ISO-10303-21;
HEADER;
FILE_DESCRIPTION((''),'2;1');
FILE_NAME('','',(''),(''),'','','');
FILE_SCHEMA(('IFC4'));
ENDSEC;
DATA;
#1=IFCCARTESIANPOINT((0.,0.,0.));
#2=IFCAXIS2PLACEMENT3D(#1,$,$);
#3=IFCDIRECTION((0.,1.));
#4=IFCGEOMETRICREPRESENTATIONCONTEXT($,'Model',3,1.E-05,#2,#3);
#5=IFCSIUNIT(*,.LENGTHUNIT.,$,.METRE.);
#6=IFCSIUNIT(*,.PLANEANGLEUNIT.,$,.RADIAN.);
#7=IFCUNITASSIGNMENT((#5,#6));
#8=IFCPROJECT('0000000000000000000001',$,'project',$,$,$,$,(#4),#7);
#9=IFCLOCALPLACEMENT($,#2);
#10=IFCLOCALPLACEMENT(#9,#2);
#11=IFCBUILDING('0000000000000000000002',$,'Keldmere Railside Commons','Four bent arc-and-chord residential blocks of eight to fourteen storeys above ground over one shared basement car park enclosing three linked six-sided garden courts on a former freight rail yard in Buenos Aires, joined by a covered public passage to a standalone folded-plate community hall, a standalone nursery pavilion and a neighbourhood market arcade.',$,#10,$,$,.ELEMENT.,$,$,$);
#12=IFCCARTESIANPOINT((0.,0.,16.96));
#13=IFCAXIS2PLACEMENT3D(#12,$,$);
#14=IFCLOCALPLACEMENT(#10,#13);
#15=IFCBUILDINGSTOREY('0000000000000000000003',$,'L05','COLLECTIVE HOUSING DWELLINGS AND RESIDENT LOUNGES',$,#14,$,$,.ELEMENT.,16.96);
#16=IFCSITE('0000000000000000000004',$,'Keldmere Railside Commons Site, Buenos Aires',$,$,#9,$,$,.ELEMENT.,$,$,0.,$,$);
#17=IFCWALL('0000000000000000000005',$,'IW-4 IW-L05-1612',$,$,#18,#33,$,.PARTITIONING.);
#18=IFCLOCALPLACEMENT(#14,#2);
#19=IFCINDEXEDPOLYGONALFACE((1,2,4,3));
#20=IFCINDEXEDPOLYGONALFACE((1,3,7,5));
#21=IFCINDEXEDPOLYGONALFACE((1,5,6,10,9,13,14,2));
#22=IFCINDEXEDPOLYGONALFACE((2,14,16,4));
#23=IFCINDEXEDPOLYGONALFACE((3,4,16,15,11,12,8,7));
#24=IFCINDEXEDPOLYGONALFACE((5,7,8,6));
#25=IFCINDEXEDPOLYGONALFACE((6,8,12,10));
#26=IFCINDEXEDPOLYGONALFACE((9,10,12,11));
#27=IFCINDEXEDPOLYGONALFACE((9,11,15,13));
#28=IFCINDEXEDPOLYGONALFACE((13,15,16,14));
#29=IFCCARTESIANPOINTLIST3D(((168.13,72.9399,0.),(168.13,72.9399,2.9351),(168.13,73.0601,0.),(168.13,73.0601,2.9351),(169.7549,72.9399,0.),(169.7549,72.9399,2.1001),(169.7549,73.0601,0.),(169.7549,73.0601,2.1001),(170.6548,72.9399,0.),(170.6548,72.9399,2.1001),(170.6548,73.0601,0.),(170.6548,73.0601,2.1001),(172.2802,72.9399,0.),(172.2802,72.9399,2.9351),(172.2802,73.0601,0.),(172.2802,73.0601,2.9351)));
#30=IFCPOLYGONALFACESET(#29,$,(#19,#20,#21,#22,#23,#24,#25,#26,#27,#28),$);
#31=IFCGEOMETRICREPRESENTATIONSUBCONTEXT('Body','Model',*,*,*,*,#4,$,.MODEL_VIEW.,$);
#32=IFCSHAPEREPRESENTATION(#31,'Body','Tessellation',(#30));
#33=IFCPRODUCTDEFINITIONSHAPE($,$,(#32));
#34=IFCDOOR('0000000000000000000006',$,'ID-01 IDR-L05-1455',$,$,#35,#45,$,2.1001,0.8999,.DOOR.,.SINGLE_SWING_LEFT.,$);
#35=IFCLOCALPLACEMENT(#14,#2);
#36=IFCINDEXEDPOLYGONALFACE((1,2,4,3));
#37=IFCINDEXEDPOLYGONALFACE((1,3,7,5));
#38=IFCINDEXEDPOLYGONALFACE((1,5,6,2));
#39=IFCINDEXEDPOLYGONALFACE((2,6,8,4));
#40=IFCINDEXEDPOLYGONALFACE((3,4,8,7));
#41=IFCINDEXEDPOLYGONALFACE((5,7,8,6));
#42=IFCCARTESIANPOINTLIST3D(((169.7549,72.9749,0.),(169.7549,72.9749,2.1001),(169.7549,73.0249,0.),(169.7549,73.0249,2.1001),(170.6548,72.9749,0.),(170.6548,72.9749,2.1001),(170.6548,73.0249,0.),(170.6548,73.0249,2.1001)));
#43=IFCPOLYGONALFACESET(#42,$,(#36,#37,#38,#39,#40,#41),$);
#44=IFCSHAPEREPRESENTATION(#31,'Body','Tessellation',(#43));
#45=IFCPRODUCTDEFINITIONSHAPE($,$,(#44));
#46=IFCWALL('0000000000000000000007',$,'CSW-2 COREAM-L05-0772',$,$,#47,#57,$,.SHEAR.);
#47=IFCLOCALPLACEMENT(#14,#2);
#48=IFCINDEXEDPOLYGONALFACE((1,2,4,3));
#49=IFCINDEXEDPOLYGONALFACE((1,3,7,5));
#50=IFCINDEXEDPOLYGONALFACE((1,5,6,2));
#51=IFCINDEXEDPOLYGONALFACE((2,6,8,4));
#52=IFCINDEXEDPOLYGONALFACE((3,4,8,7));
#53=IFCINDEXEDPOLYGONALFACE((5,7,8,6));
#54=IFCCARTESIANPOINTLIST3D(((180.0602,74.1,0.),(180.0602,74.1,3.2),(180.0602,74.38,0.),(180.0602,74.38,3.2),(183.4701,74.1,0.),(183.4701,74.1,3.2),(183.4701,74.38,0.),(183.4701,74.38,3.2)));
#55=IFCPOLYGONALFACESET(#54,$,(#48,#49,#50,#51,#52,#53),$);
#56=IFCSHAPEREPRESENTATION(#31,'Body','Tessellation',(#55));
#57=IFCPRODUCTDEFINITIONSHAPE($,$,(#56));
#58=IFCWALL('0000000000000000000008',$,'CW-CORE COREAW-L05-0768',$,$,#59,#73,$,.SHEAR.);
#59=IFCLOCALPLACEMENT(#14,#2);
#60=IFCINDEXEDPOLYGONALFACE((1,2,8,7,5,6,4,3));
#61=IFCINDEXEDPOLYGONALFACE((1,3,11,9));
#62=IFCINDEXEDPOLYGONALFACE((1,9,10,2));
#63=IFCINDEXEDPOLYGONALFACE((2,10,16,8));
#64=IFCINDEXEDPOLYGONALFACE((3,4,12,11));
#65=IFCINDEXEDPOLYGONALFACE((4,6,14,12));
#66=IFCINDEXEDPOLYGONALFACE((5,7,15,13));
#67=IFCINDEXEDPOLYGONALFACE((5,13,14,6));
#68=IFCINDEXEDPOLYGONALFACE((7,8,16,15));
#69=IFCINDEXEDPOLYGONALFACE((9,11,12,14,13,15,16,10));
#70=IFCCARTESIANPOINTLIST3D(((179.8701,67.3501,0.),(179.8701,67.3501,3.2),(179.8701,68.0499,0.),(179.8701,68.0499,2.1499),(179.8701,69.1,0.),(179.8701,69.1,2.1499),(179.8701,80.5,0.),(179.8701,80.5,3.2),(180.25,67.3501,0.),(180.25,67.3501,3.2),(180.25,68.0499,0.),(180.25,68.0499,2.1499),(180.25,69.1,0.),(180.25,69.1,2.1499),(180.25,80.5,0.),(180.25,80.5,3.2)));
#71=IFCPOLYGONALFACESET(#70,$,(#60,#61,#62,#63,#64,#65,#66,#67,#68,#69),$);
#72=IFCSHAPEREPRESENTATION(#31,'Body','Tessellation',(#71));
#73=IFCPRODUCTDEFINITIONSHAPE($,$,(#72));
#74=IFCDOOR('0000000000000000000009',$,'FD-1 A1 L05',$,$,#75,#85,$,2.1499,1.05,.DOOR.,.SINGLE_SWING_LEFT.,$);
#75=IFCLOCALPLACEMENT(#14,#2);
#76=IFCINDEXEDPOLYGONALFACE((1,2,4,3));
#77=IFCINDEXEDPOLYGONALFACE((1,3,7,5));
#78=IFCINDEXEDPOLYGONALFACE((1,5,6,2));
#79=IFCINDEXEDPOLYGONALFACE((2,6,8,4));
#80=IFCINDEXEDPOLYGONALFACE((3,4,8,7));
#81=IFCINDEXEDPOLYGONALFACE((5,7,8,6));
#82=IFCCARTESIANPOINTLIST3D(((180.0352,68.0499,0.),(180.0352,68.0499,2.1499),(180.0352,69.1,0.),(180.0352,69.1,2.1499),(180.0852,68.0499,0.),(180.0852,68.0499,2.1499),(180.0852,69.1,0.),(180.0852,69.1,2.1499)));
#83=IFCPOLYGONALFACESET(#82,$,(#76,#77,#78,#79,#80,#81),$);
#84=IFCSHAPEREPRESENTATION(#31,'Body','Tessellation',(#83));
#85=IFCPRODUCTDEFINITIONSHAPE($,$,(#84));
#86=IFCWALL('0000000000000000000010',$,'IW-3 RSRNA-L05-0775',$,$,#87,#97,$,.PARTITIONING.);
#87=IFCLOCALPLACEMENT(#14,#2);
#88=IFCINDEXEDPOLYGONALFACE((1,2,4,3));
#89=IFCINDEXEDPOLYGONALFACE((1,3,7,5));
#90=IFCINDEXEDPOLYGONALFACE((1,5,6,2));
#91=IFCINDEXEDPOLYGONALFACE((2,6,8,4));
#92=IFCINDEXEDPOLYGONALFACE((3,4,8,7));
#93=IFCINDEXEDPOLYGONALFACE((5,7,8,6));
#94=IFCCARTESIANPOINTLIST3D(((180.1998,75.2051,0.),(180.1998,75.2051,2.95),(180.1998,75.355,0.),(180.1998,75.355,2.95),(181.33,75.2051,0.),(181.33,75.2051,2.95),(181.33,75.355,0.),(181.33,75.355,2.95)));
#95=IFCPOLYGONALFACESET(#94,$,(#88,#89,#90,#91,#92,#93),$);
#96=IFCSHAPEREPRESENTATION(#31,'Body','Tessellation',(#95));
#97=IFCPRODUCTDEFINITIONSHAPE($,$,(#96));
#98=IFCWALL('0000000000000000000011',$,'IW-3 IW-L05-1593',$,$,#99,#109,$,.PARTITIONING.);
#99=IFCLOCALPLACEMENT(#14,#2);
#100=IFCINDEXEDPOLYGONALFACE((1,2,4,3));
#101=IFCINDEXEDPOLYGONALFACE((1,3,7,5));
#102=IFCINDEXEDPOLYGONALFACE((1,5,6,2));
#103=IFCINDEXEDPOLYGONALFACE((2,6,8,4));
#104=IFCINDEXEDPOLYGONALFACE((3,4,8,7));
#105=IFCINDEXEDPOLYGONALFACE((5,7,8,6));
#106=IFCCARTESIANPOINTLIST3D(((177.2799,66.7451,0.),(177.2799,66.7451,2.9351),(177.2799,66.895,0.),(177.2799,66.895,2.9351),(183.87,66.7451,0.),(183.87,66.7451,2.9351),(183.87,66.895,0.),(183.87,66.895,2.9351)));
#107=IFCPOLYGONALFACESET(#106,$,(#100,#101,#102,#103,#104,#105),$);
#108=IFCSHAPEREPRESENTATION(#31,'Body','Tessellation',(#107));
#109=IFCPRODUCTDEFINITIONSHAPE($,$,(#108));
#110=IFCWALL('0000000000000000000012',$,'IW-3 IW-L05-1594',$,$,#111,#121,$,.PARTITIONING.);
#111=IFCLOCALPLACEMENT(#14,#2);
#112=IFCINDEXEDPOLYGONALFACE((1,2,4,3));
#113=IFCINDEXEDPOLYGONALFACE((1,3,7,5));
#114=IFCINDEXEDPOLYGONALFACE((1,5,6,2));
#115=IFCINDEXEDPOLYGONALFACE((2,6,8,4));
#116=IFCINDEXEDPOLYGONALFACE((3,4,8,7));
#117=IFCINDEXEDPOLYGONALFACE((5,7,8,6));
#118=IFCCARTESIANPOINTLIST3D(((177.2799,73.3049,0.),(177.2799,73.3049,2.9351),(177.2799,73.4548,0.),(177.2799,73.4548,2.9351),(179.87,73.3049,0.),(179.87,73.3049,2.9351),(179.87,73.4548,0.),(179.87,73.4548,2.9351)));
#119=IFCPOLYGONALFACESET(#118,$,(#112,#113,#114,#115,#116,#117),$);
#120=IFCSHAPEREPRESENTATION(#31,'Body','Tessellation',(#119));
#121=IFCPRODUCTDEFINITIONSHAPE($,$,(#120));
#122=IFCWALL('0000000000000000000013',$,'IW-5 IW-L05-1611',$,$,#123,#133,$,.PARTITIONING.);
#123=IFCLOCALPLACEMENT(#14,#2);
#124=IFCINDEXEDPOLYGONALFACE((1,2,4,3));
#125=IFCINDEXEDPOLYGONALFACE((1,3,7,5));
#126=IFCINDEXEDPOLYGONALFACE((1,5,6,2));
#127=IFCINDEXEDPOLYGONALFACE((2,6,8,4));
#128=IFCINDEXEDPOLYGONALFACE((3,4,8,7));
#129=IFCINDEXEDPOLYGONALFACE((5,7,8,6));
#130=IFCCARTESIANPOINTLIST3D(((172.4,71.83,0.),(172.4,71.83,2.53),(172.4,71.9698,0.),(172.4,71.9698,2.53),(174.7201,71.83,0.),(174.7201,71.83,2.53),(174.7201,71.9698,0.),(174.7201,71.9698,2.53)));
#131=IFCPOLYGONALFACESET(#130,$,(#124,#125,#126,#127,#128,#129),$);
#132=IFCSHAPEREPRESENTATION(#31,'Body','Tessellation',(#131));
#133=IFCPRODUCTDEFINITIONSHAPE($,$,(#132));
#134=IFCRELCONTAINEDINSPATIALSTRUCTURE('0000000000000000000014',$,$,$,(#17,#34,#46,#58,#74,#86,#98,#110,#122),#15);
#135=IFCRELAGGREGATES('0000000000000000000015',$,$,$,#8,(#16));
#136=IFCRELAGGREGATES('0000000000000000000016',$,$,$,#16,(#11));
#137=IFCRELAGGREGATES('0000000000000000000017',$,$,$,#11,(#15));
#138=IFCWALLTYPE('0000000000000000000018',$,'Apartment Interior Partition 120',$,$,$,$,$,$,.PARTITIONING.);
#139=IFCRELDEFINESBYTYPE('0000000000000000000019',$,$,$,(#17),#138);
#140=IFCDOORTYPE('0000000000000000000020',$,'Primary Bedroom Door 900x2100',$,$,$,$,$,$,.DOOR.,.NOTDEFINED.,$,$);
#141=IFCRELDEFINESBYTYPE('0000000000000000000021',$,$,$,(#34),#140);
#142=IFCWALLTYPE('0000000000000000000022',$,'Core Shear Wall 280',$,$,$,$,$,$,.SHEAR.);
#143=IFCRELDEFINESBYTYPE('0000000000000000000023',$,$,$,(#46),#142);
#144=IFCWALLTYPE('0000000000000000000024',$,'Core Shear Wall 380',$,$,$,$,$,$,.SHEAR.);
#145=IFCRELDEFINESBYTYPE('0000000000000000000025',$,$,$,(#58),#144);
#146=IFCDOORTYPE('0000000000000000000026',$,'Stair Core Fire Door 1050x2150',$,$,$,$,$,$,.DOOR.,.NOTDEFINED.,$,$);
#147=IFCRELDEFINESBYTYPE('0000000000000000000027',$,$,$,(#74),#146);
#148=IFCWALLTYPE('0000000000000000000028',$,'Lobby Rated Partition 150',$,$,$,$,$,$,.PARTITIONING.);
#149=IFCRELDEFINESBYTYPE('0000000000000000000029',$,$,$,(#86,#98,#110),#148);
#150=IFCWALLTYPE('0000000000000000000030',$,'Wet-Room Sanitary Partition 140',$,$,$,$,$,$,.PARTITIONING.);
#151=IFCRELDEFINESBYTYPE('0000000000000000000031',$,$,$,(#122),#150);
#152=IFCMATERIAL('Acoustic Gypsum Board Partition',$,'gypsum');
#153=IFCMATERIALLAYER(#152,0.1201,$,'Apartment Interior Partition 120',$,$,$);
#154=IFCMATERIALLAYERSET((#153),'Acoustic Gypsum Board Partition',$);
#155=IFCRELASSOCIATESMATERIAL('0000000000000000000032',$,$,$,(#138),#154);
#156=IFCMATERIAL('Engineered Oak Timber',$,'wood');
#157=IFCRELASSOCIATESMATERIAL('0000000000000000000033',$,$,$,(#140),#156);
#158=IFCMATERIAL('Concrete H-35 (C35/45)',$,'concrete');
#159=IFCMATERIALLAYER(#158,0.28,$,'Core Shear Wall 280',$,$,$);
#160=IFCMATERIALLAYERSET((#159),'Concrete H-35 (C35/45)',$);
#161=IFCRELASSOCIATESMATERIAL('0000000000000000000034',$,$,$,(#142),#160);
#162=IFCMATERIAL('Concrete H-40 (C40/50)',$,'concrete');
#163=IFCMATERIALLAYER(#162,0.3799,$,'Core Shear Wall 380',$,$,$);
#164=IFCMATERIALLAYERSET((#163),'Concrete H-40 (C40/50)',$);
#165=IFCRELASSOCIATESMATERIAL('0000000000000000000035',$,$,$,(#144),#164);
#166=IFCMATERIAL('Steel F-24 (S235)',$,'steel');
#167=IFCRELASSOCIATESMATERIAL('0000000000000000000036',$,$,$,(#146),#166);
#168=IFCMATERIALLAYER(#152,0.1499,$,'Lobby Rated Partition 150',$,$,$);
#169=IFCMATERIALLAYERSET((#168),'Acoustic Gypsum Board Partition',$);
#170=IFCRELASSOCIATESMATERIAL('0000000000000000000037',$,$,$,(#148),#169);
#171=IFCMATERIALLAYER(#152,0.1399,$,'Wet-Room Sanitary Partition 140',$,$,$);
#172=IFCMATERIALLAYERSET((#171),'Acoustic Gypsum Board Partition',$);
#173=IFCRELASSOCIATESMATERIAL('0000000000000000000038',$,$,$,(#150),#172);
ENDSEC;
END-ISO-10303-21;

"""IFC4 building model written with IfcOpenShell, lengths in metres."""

from ifc_helpers import new_model, si_unit, direction, frame, frame_2d, origin, place, context, subcontext, project, spatial, rectangle, extrude, material, layer, layer_set, type_object, element, fill, save


model = new_model("IFC4")

# Units and contexts
model_context = context("Model", 3, precision=1e-05, world=origin(), true_north=direction((0.0, 1.0)))
body_context = subcontext(model_context, "Body", "Model", "MODEL_VIEW")
ifc_project = project(units=[si_unit("LENGTHUNIT", "METRE"), si_unit("PLANEANGLEUNIT", "RADIAN")], contexts=[model_context])

# Site, building, storey
site_placement = place(None, origin())
site = spatial("IfcSite", under=ifc_project, at=site_placement, Name="Keldmere Railside Commons Site, Buenos Aires", CompositionType="ELEMENT", RefElevation=0.0)
building_placement = place(site_placement, origin())
building = spatial("IfcBuilding", under=site, at=building_placement, Name="Keldmere Railside Commons", Description="Four bent arc-and-chord residential blocks of eight to fourteen storeys above ground over one shared basement car park enclosing three linked six-sided garden courts on a former freight rail yard in Buenos Aires, joined by a covered public passage to a standalone folded-plate community hall, a standalone nursery pavilion and a neighbourhood market arcade.", CompositionType="ELEMENT")
storey_placement = place(building_placement, frame((0.0, 0.0, 16.96)))
storey = spatial("IfcBuildingStorey", under=building, at=storey_placement, Name="L05", Description="COLLECTIVE HOUSING DWELLINGS AND RESIDENT LOUNGES", CompositionType="ELEMENT", Elevation=16.96)

# Shared definitions
ifc_material_1 = material(Name="Concrete H-35 (C35/45)", Category="concrete")

# Shared definitions
ifc_material_2 = material(Name="Acoustic Gypsum Board Partition", Category="gypsum")

# Shared definitions
ifc_layer_1 = layer(ifc_material_2, 0.1201, Name="Apartment Interior Partition 120")
ifc_layer_set_1 = layer_set([ifc_layer_1], Name="Acoustic Gypsum Board Partition")
wall_type_1 = type_object("IfcWallType", Name="Apartment Interior Partition 120", PredefinedType="PARTITIONING", material=ifc_layer_set_1)
ifc_material_3 = material(Name="Engineered Oak Timber", Category="wood")

# Wall, opening, door
wall_1_placement = place(storey_placement, frame((168.1299, 73.0, 0.0), z_axis=(0.0, 0.0, 1.0), x_axis=(1.0, 0.0, 0.0)))
wall_1 = element("IfcWall", 1, at=wall_1_placement, inside=storey, type_object=wall_type_1, Name="IW-4 IW-L05-1612", PredefinedType="PARTITIONING", context=body_context, shape_type="SweptSolid", body=[
    extrude(rectangle(XDim=4.1501, YDim=0.1201, at=frame_2d((2.0752, 0.0))), origin(), (0.0, 0.0, 1.0), 2.9351),
])
opening_1_placement = place(wall_1_placement, frame((1.625, 0.0, 0.0)))
opening_1 = element("IfcOpeningElement", 2, at=opening_1_placement, cuts=wall_1, PredefinedType="OPENING", context=body_context, shape_type="SweptSolid", body=[
    extrude(rectangle(XDim=0.8999, YDim=2.1001, at=frame_2d((0.45, 1.05))), frame((0.0, 0.0701, 0.0), z_axis=(0.0, -1.0, 0.0), x_axis=(1.0, 0.0, 0.0)), (0.0, 0.0, 1.0), 0.1401),
])
door_type_1 = type_object("IfcDoorType", Name="Primary Bedroom Door 900x2100", OperationType="NOTDEFINED", PredefinedType="DOOR", material=ifc_material_3)
door_1_placement = place(opening_1_placement, origin())
door_1 = element("IfcDoor", 3, at=door_1_placement, inside=storey, type_object=door_type_1, Name="ID-01 IDR-L05-1455", OperationType="SINGLE_SWING_LEFT", OverallHeight=2.1001, OverallWidth=0.8999, PredefinedType="DOOR", context=body_context, shape_type="SweptSolid", body=[
    extrude(rectangle(XDim=0.8999, YDim=2.1001, at=frame_2d((0.45, 1.05))), frame((0.0, 0.0249, 0.0), z_axis=(0.0, -1.0, 0.0), x_axis=(1.0, 0.0, 0.0)), (0.0, 0.0, 1.0), 0.05),
])
fill(opening_1, door_1)

# Wall
ifc_layer_2 = layer(ifc_material_1, 0.28, Name="Core Shear Wall 280")
ifc_layer_set_2 = layer_set([ifc_layer_2], Name="Concrete H-35 (C35/45)")
wall_type_2 = type_object("IfcWallType", Name="Core Shear Wall 280", PredefinedType="SHEAR", material=ifc_layer_set_2)
wall_2_placement = place(storey_placement, frame((180.0601, 74.24, 0.0), z_axis=(0.0, 0.0, 1.0), x_axis=(1.0, 0.0, 0.0)))
element("IfcWall", 4, at=wall_2_placement, inside=storey, type_object=wall_type_2, Name="CSW-2 COREAM-L05-0772", PredefinedType="SHEAR", context=body_context, shape_type="SweptSolid", body=[
    extrude(rectangle(XDim=3.4099, YDim=0.28, at=frame_2d((1.7051, 0.0))), origin(), (0.0, 0.0, 1.0), 3.2),
])

# Wall, opening, door
ifc_material_4 = material(Name="Concrete H-40 (C40/50)", Category="concrete")
ifc_layer_3 = layer(ifc_material_4, 0.3799, Name="Core Shear Wall 380")
ifc_layer_set_3 = layer_set([ifc_layer_3], Name="Concrete H-40 (C40/50)")
wall_type_3 = type_object("IfcWallType", Name="Core Shear Wall 380", PredefinedType="SHEAR", material=ifc_layer_set_3)
wall_3_placement = place(storey_placement, frame((180.0601, 67.3501, 0.0), z_axis=(0.0, 0.0, 1.0), x_axis=(0.0, 1.0, 0.0)))
wall_3 = element("IfcWall", 5, at=wall_3_placement, inside=storey, type_object=wall_type_3, Name="CW-CORE COREAW-L05-0768", PredefinedType="SHEAR", context=body_context, shape_type="SweptSolid", body=[
    extrude(rectangle(XDim=13.1499, YDim=0.3799, at=frame_2d((6.575, 0.0))), origin(), (0.0, 0.0, 1.0), 3.2),
])
opening_2_placement = place(wall_3_placement, frame((0.7, 0.0, 0.0)))
opening_2 = element("IfcOpeningElement", 6, at=opening_2_placement, cuts=wall_3, PredefinedType="OPENING", context=body_context, shape_type="SweptSolid", body=[
    extrude(rectangle(XDim=1.05, YDim=2.1499, at=frame_2d((0.5249, 1.075))), frame((0.0, 0.2, 0.0), z_axis=(0.0, -1.0, 0.0), x_axis=(1.0, 0.0, 0.0)), (0.0, 0.0, 1.0), 0.3999),
])
ifc_material_5 = material(Name="Steel F-24 (S235)", Category="steel")
door_type_2 = type_object("IfcDoorType", Name="Stair Core Fire Door 1050x2150", OperationType="NOTDEFINED", PredefinedType="DOOR", material=ifc_material_5)
door_2_placement = place(opening_2_placement, origin())
door_2 = element("IfcDoor", 7, at=door_2_placement, inside=storey, type_object=door_type_2, Name="FD-1 A1 L05", OperationType="SINGLE_SWING_LEFT", OverallHeight=2.1499, OverallWidth=1.05, PredefinedType="DOOR", context=body_context, shape_type="SweptSolid", body=[
    extrude(rectangle(XDim=1.05, YDim=2.1499, at=frame_2d((0.5249, 1.075))), frame((0.0, 0.0249, 0.0), z_axis=(0.0, -1.0, 0.0), x_axis=(1.0, 0.0, 0.0)), (0.0, 0.0, 1.0), 0.05),
])
fill(opening_2, door_2)

# Walls
ifc_layer_4 = layer(ifc_material_2, 0.1499, Name="Lobby Rated Partition 150")
ifc_layer_set_4 = layer_set([ifc_layer_4], Name="Acoustic Gypsum Board Partition")
wall_type_4 = type_object("IfcWallType", Name="Lobby Rated Partition 150", PredefinedType="PARTITIONING", material=ifc_layer_set_4)
wall_4_placement = place(storey_placement, frame((180.2, 75.28, 0.0), z_axis=(0.0, 0.0, 1.0), x_axis=(1.0, 0.0, 0.0)))
element("IfcWall", 8, at=wall_4_placement, inside=storey, type_object=wall_type_4, Name="IW-3 RSRNA-L05-0775", PredefinedType="PARTITIONING", context=body_context, shape_type="SweptSolid", body=[
    extrude(rectangle(XDim=1.1301, YDim=0.1499, at=frame_2d((0.5649, 0.0))), origin(), (0.0, 0.0, 1.0), 2.95),
])
wall_5_placement = place(storey_placement, frame((177.28, 66.8201, 0.0), z_axis=(0.0, 0.0, 1.0), x_axis=(1.0, 0.0, 0.0)))
element("IfcWall", 9, at=wall_5_placement, inside=storey, type_object=wall_type_4, Name="IW-3 IW-L05-1593", PredefinedType="PARTITIONING", context=body_context, shape_type="SweptSolid", body=[
    extrude(rectangle(XDim=6.5901, YDim=0.1499, at=frame_2d((3.2949, 0.0))), origin(), (0.0, 0.0, 1.0), 2.9351),
])
wall_6_placement = place(storey_placement, frame((177.28, 73.3799, 0.0), z_axis=(0.0, 0.0, 1.0), x_axis=(1.0, 0.0, 0.0)))
element("IfcWall", 10, at=wall_6_placement, inside=storey, type_object=wall_type_4, Name="IW-3 IW-L05-1594", PredefinedType="PARTITIONING", context=body_context, shape_type="SweptSolid", body=[
    extrude(rectangle(XDim=2.5901, YDim=0.1499, at=frame_2d((1.2949, 0.0))), origin(), (0.0, 0.0, 1.0), 2.9351),
])
ifc_layer_5 = layer(ifc_material_2, 0.1399, Name="Wet-Room Sanitary Partition 140")
ifc_layer_set_5 = layer_set([ifc_layer_5], Name="Acoustic Gypsum Board Partition")
wall_type_5 = type_object("IfcWallType", Name="Wet-Room Sanitary Partition 140", PredefinedType="PARTITIONING", material=ifc_layer_set_5)
wall_7_placement = place(storey_placement, frame((172.3999, 71.8999, 0.0), z_axis=(0.0, 0.0, 1.0), x_axis=(1.0, 0.0, 0.0)))
element("IfcWall", 11, at=wall_7_placement, inside=storey, type_object=wall_type_5, Name="IW-5 IW-L05-1611", PredefinedType="PARTITIONING", context=body_context, shape_type="SweptSolid", body=[
    extrude(rectangle(XDim=2.3201, YDim=0.1399, at=frame_2d((1.1602, 0.0))), origin(), (0.0, 0.0, 1.0), 2.53),
])

save(model, "model.ifc")
